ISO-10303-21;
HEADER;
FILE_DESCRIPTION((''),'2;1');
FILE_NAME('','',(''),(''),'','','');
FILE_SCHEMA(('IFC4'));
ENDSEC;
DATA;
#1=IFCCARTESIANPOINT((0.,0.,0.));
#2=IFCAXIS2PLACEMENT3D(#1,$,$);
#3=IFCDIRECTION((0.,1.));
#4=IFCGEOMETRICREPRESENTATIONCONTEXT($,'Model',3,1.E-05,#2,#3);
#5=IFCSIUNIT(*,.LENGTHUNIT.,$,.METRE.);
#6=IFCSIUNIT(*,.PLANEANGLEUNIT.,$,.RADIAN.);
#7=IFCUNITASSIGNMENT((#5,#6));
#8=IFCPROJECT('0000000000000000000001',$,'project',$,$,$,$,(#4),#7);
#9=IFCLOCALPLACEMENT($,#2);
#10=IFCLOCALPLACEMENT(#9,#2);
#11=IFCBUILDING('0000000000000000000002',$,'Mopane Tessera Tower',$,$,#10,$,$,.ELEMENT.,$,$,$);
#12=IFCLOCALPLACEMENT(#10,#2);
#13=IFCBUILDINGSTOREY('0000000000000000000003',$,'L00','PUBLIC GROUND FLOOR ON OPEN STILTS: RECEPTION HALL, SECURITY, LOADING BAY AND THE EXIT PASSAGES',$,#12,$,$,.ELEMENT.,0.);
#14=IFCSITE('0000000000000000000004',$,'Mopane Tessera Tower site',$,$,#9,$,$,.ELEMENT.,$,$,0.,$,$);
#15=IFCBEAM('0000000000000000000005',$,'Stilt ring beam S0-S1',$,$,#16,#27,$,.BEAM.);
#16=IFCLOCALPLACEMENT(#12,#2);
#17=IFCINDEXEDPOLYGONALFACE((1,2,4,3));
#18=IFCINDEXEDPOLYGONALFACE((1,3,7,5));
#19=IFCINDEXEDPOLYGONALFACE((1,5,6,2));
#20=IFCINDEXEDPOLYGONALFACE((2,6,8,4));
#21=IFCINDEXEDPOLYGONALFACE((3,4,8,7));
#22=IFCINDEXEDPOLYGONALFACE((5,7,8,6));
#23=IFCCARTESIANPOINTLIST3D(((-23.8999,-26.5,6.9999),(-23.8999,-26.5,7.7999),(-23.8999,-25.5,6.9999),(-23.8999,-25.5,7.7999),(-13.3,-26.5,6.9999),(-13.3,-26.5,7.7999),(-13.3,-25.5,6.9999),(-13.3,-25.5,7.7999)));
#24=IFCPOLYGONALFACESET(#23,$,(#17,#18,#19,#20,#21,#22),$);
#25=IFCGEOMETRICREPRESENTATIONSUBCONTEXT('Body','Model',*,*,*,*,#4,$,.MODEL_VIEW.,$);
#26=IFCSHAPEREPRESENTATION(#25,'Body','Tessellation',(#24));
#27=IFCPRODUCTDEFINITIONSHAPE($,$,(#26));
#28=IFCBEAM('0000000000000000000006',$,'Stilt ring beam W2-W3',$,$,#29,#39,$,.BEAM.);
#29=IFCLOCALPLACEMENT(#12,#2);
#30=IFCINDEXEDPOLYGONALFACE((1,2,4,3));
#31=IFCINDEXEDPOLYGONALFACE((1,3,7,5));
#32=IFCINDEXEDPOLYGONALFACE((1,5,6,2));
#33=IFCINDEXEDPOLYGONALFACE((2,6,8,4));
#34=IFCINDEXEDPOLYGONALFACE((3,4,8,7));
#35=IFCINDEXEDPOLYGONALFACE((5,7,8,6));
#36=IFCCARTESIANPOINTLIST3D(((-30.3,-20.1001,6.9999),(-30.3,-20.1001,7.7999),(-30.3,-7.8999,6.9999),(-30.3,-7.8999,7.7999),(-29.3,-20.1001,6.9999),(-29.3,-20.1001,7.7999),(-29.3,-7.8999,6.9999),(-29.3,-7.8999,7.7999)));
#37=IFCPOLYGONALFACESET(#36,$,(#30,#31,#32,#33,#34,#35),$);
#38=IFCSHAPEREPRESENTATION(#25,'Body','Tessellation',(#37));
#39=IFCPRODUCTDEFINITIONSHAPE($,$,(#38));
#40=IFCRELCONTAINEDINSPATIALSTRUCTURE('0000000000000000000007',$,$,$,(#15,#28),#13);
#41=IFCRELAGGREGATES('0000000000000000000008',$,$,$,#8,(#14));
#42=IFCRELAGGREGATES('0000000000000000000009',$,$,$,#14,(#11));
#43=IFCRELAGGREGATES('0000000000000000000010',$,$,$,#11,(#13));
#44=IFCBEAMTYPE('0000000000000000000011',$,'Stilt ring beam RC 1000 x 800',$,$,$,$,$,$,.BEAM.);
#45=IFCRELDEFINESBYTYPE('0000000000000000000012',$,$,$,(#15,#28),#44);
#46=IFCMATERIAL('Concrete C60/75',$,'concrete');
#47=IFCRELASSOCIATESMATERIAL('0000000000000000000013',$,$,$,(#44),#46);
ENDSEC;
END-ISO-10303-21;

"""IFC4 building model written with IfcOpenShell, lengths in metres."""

from ifc_helpers import new_model, si_unit, direction, frame, origin, origin_2d, place, context, subcontext, project, spatial, rectangle, extrude, material, material_profile, profile_set, type_object, element, save


model = new_model("IFC4")

# Units and contexts
model_context = context("Model", 3, precision=1e-05, world=origin(), true_north=direction((0.0, 1.0)))
body_context = subcontext(model_context, "Body", "Model", "MODEL_VIEW")
ifc_project = project(units=[si_unit("LENGTHUNIT", "METRE"), si_unit("PLANEANGLEUNIT", "RADIAN")], contexts=[model_context])

# Site, building, storey
site_placement = place(None, origin())
site = spatial("IfcSite", under=ifc_project, at=site_placement, Name="Mopane Tessera Tower site", CompositionType="ELEMENT", RefElevation=0.0)
building_placement = place(site_placement, origin())
building = spatial("IfcBuilding", under=site, at=building_placement, Name="Mopane Tessera Tower", CompositionType="ELEMENT")
storey_placement = place(building_placement, origin())
storey = spatial("IfcBuildingStorey", under=building, at=storey_placement, Name="L00", Description="PUBLIC GROUND FLOOR ON OPEN STILTS: RECEPTION HALL, SECURITY, LOADING BAY AND THE EXIT PASSAGES", CompositionType="ELEMENT", Elevation=0.0)

# Beams
ifc_material_1 = material(Name="Concrete C60/75", Category="concrete")
ifc_material_profile_1 = material_profile(ifc_material_1, rectangle(XDim=1.0, YDim=0.8, at=origin_2d()))
ifc_profile_set_1 = profile_set([ifc_material_profile_1], Name="Concrete C60/75")
beam_type = type_object("IfcBeamType", Name="Stilt ring beam RC 1000 x 800", PredefinedType="BEAM", material=ifc_profile_set_1)
beam_1_placement = place(storey_placement, frame((-23.8999, -26.0, 7.3999), z_axis=(1.0, 0.0, 0.0), x_axis=(0.0, 1.0, 0.0)))
element("IfcBeam", 1, at=beam_1_placement, inside=storey, type_object=beam_type, Name="Stilt ring beam S0-S1", PredefinedType="BEAM", context=body_context, shape_type="SweptSolid", body=[
    extrude(rectangle(XDim=1.0, YDim=0.8, at=origin_2d()), origin(), (0.0, 0.0, 1.0), 10.5999),
])
beam_2_placement = place(storey_placement, frame((-29.8, -20.1001, 7.3999), z_axis=(0.0, 1.0, 0.0), x_axis=(-1.0, 0.0, 0.0)))
element("IfcBeam", 2, at=beam_2_placement, inside=storey, type_object=beam_type, Name="Stilt ring beam W2-W3", PredefinedType="BEAM", context=body_context, shape_type="SweptSolid", body=[
    extrude(rectangle(XDim=1.0, YDim=0.8, at=origin_2d()), origin(), (0.0, 0.0, 1.0), 12.2002),
])

save(model, "model.ifc")
